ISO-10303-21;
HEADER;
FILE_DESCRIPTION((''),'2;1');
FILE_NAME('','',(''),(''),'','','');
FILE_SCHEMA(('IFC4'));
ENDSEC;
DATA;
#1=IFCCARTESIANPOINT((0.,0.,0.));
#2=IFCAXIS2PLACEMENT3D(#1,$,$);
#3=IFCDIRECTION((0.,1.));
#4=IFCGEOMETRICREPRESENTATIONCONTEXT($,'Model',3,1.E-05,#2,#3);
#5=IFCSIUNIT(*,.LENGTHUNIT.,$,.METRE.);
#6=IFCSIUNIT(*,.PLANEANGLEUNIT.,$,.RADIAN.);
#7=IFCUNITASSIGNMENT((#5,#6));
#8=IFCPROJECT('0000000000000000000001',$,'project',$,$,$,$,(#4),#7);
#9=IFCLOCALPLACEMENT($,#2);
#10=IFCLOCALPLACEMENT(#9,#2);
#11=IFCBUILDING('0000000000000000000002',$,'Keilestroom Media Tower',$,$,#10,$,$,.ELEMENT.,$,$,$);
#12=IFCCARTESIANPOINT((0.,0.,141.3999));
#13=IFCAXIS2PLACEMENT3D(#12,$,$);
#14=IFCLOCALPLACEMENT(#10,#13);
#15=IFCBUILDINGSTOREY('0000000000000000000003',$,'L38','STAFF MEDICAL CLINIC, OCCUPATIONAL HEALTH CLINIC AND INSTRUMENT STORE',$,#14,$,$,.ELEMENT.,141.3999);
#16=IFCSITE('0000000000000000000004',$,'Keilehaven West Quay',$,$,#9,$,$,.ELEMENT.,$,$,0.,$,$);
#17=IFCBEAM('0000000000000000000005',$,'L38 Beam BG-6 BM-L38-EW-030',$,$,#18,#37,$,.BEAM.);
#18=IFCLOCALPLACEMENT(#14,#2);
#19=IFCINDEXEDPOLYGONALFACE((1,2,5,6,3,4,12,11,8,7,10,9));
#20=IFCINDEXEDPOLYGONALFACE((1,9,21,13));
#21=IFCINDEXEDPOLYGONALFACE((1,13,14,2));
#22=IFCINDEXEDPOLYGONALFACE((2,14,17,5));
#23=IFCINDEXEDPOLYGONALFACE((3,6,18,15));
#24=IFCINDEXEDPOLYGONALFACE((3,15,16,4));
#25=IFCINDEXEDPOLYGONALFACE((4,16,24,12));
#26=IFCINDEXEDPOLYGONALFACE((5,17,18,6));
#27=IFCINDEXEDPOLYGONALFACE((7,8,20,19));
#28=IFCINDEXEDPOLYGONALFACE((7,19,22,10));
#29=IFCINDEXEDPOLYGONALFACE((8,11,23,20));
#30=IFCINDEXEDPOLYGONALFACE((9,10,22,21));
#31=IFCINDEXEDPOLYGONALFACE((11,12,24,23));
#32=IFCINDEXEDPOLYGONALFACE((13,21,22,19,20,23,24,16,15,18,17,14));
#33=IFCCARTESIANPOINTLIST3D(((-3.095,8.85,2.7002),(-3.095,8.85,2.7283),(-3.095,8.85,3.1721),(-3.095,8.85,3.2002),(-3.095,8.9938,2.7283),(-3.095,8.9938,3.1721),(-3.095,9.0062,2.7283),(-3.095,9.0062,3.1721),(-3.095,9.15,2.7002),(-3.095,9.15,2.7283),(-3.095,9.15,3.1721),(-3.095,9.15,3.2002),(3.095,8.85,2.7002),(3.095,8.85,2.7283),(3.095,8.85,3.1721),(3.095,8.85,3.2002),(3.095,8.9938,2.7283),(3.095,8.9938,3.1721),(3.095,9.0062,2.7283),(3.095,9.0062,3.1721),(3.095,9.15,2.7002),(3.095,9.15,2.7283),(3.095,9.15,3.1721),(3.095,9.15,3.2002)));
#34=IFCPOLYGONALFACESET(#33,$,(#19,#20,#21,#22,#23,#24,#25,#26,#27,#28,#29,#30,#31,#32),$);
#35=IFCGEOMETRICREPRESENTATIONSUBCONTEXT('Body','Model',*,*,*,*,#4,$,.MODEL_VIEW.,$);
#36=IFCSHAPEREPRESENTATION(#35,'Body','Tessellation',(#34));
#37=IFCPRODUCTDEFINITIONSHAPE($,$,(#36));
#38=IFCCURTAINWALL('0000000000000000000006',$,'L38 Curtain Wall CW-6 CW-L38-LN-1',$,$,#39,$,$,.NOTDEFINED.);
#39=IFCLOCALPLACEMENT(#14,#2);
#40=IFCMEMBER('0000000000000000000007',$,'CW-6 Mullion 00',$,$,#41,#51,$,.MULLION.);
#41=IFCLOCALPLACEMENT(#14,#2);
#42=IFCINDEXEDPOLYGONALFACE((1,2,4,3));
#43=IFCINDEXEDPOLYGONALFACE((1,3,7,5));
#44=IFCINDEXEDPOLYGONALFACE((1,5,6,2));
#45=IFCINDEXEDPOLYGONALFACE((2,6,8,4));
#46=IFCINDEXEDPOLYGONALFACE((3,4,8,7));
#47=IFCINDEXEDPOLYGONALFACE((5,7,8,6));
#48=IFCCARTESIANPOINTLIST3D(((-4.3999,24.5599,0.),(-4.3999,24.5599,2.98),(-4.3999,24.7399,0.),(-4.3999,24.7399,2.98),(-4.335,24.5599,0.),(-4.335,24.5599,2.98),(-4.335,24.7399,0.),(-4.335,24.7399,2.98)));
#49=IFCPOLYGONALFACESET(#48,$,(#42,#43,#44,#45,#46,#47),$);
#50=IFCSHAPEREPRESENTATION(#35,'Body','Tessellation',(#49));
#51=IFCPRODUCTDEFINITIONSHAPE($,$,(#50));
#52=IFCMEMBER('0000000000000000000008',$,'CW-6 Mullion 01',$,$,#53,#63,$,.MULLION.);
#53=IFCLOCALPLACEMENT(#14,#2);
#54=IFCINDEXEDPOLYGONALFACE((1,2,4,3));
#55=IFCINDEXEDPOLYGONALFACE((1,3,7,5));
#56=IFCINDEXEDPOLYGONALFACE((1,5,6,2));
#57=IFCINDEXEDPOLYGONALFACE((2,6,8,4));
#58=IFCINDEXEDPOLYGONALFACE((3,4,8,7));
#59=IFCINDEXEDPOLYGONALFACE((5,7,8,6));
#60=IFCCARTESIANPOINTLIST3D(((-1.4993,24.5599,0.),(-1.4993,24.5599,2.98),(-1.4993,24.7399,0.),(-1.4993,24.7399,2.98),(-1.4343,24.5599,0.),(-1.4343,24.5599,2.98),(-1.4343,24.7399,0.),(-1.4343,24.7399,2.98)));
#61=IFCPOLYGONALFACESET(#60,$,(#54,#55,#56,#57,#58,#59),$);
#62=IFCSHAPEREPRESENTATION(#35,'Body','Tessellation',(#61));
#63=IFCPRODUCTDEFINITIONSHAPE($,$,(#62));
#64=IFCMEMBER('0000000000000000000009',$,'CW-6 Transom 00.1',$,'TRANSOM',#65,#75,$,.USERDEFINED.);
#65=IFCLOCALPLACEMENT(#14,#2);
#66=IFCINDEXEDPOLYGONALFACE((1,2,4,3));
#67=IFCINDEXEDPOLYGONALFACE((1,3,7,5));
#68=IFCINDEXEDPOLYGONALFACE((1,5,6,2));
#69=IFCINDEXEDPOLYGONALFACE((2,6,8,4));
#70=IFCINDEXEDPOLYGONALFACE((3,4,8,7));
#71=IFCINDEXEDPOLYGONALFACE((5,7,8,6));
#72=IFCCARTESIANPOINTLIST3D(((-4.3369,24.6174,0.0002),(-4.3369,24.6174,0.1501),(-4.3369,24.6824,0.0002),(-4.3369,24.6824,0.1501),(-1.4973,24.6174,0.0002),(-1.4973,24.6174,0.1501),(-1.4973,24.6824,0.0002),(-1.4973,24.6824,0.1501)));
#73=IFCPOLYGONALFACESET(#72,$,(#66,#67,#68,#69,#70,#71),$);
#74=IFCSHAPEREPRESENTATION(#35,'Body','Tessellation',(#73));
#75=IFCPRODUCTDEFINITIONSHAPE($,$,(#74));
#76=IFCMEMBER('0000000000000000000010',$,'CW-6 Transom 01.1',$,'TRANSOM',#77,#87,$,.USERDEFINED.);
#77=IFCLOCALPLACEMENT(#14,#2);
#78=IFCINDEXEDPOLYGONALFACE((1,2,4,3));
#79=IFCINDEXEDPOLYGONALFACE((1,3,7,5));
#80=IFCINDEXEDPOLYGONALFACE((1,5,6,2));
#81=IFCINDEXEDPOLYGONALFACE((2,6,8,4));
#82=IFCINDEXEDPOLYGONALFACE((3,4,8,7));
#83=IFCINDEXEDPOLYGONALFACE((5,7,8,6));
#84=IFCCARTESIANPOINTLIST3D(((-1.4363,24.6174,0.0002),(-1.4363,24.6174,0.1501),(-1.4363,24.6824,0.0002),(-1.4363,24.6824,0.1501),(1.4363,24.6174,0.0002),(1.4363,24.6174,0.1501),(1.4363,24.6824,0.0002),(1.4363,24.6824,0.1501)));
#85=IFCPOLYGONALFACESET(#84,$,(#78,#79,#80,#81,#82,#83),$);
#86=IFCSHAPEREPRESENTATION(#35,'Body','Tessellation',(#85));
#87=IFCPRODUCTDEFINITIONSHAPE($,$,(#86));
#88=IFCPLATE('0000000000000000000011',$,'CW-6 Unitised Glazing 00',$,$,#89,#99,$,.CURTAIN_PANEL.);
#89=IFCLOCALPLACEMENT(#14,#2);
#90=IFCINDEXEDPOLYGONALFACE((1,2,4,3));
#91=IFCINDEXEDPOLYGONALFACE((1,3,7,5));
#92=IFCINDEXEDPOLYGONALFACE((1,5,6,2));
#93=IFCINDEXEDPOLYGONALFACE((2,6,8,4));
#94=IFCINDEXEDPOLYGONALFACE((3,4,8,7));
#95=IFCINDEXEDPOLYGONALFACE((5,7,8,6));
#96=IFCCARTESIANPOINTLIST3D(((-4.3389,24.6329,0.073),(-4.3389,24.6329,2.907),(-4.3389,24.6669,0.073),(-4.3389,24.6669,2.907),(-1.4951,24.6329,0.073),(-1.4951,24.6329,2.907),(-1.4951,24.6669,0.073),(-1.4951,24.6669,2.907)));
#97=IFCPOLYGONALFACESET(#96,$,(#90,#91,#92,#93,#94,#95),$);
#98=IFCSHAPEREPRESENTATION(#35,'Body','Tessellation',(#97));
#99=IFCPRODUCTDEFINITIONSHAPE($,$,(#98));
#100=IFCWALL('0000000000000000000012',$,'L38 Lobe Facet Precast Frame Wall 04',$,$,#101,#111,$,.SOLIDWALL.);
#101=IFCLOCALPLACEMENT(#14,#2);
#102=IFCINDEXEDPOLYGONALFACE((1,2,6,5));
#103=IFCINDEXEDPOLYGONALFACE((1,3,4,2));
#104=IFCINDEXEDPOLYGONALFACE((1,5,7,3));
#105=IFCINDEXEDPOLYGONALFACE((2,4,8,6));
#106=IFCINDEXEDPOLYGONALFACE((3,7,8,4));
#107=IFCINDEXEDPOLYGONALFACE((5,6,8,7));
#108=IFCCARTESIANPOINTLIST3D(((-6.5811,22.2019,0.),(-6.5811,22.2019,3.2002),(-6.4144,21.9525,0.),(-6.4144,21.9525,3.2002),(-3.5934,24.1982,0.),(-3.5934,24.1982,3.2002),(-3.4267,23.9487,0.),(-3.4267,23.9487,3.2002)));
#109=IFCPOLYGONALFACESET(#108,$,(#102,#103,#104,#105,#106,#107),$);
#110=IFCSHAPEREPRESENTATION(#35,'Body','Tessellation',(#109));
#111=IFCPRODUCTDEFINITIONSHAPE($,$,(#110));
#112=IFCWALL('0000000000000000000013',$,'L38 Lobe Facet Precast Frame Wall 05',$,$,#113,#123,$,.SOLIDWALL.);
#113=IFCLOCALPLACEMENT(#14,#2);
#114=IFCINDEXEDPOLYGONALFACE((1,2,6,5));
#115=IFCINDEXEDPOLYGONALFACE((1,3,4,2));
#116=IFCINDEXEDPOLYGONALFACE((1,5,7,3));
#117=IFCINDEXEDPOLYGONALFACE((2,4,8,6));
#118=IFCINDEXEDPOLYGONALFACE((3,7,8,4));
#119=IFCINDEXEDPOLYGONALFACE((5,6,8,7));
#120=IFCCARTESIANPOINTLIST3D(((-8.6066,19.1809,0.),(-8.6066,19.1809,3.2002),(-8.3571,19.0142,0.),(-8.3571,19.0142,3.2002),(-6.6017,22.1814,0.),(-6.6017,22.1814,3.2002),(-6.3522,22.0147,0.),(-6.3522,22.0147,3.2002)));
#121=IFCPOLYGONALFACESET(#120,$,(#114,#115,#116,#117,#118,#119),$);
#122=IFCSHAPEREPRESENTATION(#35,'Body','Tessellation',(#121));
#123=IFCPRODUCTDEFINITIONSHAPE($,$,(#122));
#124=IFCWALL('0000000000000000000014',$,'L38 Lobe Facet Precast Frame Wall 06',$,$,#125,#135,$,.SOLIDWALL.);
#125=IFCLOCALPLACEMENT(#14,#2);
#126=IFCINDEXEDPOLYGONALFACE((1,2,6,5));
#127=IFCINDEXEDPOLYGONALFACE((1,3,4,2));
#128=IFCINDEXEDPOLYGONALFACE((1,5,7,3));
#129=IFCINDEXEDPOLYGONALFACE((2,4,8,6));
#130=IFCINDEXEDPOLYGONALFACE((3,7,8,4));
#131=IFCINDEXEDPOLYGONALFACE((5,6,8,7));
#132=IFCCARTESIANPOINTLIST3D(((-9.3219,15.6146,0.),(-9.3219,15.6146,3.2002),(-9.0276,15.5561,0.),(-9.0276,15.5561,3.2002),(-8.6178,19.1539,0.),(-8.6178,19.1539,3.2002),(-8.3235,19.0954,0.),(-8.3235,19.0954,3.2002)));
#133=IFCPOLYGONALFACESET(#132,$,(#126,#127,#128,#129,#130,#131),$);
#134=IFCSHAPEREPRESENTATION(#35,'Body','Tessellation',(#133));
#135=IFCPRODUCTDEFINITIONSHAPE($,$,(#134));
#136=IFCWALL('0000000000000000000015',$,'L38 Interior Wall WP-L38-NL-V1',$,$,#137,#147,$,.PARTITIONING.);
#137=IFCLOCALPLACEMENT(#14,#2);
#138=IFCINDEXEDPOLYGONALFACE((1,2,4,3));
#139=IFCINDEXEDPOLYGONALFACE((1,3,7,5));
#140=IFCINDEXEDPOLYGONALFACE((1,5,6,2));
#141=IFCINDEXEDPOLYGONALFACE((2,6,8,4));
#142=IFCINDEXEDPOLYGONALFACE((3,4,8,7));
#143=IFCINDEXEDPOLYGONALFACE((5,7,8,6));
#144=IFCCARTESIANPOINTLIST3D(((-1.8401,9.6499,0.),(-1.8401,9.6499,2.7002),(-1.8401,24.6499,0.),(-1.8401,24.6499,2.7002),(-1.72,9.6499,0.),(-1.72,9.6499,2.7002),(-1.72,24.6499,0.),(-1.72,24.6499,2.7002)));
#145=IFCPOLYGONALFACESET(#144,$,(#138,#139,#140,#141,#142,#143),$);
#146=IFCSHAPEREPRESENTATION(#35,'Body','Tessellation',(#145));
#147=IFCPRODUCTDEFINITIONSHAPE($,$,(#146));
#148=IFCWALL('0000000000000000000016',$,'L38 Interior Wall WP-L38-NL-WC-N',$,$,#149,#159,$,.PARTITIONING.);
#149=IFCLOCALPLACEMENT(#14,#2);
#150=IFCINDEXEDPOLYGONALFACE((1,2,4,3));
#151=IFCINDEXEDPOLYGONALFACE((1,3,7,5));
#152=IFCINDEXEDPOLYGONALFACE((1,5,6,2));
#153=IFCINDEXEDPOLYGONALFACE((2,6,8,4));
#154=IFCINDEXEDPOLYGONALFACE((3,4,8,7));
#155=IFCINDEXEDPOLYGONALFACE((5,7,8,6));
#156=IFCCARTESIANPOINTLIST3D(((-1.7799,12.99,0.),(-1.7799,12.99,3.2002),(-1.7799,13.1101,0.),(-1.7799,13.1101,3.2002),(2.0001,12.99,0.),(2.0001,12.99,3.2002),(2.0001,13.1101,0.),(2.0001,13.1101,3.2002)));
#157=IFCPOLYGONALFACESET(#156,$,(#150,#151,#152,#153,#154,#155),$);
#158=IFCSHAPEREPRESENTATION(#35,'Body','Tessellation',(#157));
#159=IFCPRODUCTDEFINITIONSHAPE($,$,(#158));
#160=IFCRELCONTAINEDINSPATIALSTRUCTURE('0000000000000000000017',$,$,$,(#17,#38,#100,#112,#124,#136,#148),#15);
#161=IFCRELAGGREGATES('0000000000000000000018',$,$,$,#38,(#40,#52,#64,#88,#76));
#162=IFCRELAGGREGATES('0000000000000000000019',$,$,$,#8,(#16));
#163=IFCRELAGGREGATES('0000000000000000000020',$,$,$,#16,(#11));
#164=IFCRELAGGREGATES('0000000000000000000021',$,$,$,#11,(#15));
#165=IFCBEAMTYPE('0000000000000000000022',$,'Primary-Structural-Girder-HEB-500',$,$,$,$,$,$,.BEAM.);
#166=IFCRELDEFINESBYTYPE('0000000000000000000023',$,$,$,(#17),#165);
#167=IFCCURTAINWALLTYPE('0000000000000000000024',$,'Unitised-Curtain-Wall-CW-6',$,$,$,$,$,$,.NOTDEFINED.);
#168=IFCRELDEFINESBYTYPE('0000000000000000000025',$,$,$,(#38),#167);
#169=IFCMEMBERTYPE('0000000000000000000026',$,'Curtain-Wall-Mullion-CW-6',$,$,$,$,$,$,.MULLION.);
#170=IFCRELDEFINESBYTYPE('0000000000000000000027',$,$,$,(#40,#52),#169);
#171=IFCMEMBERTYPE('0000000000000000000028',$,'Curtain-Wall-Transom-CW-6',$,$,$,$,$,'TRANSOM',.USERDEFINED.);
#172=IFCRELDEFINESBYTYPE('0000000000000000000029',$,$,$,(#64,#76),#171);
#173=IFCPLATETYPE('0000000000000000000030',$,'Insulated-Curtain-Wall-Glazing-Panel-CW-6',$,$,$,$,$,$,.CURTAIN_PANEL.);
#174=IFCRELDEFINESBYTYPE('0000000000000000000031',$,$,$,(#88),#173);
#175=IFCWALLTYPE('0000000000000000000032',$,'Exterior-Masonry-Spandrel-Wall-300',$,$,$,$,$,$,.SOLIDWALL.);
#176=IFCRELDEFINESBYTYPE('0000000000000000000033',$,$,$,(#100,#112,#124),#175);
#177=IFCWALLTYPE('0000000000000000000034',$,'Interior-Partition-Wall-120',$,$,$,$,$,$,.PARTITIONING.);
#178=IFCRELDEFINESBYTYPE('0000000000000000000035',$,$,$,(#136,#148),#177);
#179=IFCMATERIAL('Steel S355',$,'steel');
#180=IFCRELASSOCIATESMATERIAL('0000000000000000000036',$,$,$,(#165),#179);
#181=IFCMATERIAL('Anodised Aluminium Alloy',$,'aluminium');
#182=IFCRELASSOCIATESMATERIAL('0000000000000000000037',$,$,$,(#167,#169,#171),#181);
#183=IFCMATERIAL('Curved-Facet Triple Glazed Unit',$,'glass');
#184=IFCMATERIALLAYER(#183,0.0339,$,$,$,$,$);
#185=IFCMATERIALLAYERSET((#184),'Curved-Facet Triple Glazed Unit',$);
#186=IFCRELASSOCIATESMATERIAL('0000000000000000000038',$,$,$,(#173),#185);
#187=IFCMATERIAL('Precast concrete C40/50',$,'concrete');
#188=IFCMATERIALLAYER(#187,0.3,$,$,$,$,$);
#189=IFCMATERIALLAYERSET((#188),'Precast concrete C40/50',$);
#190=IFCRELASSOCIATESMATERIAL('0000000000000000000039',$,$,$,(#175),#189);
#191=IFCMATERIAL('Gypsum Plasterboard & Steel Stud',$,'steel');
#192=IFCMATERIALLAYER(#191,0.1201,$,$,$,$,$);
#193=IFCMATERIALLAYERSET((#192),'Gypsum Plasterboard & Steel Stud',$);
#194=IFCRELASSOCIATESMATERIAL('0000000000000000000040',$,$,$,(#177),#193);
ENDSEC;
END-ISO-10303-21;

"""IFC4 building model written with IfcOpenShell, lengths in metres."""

from ifc_helpers import new_model, si_unit, direction, frame, frame_2d, origin, origin_2d, place, context, subcontext, project, spatial, rectangle, i_section, extrude, source, transform, mapped, material, layer, layer_set, material_profile, profile_set, type_object, element, aggregate, save


model = new_model("IFC4")

# Units and contexts
model_context = context("Model", 3, precision=1e-05, world=origin(), true_north=direction((0.0, 1.0)))
body_context = subcontext(model_context, "Body", "Model", "MODEL_VIEW")
ifc_project = project(units=[si_unit("LENGTHUNIT", "METRE"), si_unit("PLANEANGLEUNIT", "RADIAN")], contexts=[model_context])

# Site, building, storey
site_placement = place(None, origin())
site = spatial("IfcSite", under=ifc_project, at=site_placement, Name="Keilehaven West Quay", CompositionType="ELEMENT", RefElevation=0.0)
building_placement = place(site_placement, origin())
building = spatial("IfcBuilding", under=site, at=building_placement, Name="Keilestroom Media Tower", CompositionType="ELEMENT")
storey_placement = place(building_placement, frame((0.0, 0.0, 141.3999)))
storey = spatial("IfcBuildingStorey", under=building, at=storey_placement, Name="L38", Description="STAFF MEDICAL CLINIC, OCCUPATIONAL HEALTH CLINIC AND INSTRUMENT STORE", CompositionType="ELEMENT", Elevation=141.3999)

# Shared definitions
ifc_material_1 = material(Name="Steel S355", Category="steel")

# Beam
ifc_material_profile_1 = material_profile(ifc_material_1, i_section(OverallWidth=0.3, OverallDepth=0.5, WebThickness=0.0125, FlangeThickness=0.0281, at=origin_2d()), Name="HEB 500")
ifc_profile_set_1 = profile_set([ifc_material_profile_1], Name="Steel S355")
beam_type = type_object("IfcBeamType", Name="Primary-Structural-Girder-HEB-500", PredefinedType="BEAM", material=ifc_profile_set_1)
shared_shape_1 = source(origin(), body_context, "Body", "SweptSolid", [
    extrude(i_section(OverallWidth=0.3, OverallDepth=0.5, WebThickness=0.0125, FlangeThickness=0.0281, at=origin_2d()), origin(), (0.0, 0.0, 1.0), 6.1899),
])
beam_1_placement = place(storey_placement, frame((-3.095, 9.0, 2.9502), z_axis=(1.0, 0.0, 0.0), x_axis=(0.0, 1.0, 0.0)))
element("IfcBeam", 1, at=beam_1_placement, inside=storey, type_object=beam_type, Name="L38 Beam BG-6 BM-L38-EW-030", PredefinedType="BEAM", context=body_context, shape_type="MappedRepresentation", body=[
    mapped(shared_shape_1, transform((0.0, 0.0, 0.0), x_axis=(1.0, 0.0, 0.0), y_axis=(0.0, 1.0, 0.0), z_axis=(0.0, 0.0, 1.0), scale=1.0)),
])

# Curtain wall, members, plate
ifc_material_2 = material(Name="Anodised Aluminium Alloy", Category="aluminium")
curtain_wall_type = type_object("IfcCurtainWallType", Name="Unitised-Curtain-Wall-CW-6", PredefinedType="NOTDEFINED", material=ifc_material_2)
curtain_wall_placement = place(storey_placement, origin())
curtain_wall = element("IfcCurtainWall", 2, at=curtain_wall_placement, inside=storey, type_object=curtain_wall_type, Name="L38 Curtain Wall CW-6 CW-L38-LN-1", PredefinedType="NOTDEFINED")
ifc_material_profile_2 = material_profile(ifc_material_2, rectangle(XDim=0.0649, YDim=0.1799, at=origin_2d()), Name="ALU MULLION 65x180")
ifc_profile_set_2 = profile_set([ifc_material_profile_2], Name="Anodised Aluminium Alloy")
member_type_1 = type_object("IfcMemberType", Name="Curtain-Wall-Mullion-CW-6", PredefinedType="MULLION", material=ifc_profile_set_2)
shared_shape_2 = source(origin(), body_context, "Body", "SweptSolid", [
    extrude(rectangle(XDim=0.0649, YDim=0.1799, at=origin_2d()), origin(), (0.0, 0.0, 1.0), 2.98),
])
member_1_placement = place(storey_placement, frame((-4.3674, 24.6499, 0.0), z_axis=(0.0, 0.0, 1.0), x_axis=(1.0, 0.0, 0.0)))
member_1 = element("IfcMember", 3, at=member_1_placement, type_object=member_type_1, Name="CW-6 Mullion 00", PredefinedType="MULLION", context=body_context, shape_type="MappedRepresentation", body=[
    mapped(shared_shape_2, transform((0.0, 0.0, 0.0), x_axis=(1.0, 0.0, 0.0), y_axis=(0.0, 1.0, 0.0), z_axis=(0.0, 0.0, 1.0), scale=1.0)),
])
member_2_placement = place(storey_placement, frame((-1.4668, 24.6499, 0.0), z_axis=(0.0, 0.0, 1.0), x_axis=(1.0, 0.0, 0.0)))
member_2 = element("IfcMember", 4, at=member_2_placement, type_object=member_type_1, Name="CW-6 Mullion 01", PredefinedType="MULLION", context=body_context, shape_type="MappedRepresentation", body=[
    mapped(shared_shape_2, transform((0.0, 0.0, 0.0), x_axis=(1.0, 0.0, 0.0), y_axis=(0.0, 1.0, 0.0), z_axis=(0.0, 0.0, 1.0), scale=1.0)),
])
ifc_material_profile_3 = material_profile(ifc_material_2, rectangle(XDim=0.0649, YDim=0.1499, at=origin_2d()), Name="ALU TRANSOM 65x150")
ifc_profile_set_3 = profile_set([ifc_material_profile_3], Name="Anodised Aluminium Alloy")
member_type_2 = type_object("IfcMemberType", Name="Curtain-Wall-Transom-CW-6", ElementType="TRANSOM", PredefinedType="USERDEFINED", material=ifc_profile_set_3)
shared_shape_3 = source(origin(), body_context, "Body", "SweptSolid", [
    extrude(rectangle(XDim=0.0649, YDim=0.1499, at=origin_2d()), origin(), (0.0, 0.0, 1.0), 2.8396),
])
member_3_placement = place(storey_placement, frame((-4.3369, 24.6499, 0.0752), z_axis=(1.0, 0.0, 0.0), x_axis=(0.0, 1.0, 0.0)))
member_3 = element("IfcMember", 5, at=member_3_placement, type_object=member_type_2, Name="CW-6 Transom 00.1", ObjectType="TRANSOM", PredefinedType="USERDEFINED", context=body_context, shape_type="MappedRepresentation", body=[
    mapped(shared_shape_3, transform((0.0, 0.0, 0.0), x_axis=(1.0, 0.0, 0.0), y_axis=(0.0, 1.0, 0.0), z_axis=(0.0, 0.0, 1.0), scale=1.0)),
])
shared_shape_4 = source(origin(), body_context, "Body", "SweptSolid", [
    extrude(rectangle(XDim=0.0649, YDim=0.1499, at=origin_2d()), origin(), (0.0, 0.0, 1.0), 2.8726),
])
member_4_placement = place(storey_placement, frame((-1.4363, 24.6499, 0.0752), z_axis=(1.0, 0.0, 0.0), x_axis=(0.0, 1.0, 0.0)))
member_4 = element("IfcMember", 6, at=member_4_placement, type_object=member_type_2, Name="CW-6 Transom 01.1", ObjectType="TRANSOM", PredefinedType="USERDEFINED", context=body_context, shape_type="MappedRepresentation", body=[
    mapped(shared_shape_4, transform((0.0, 0.0, 0.0), x_axis=(1.0, 0.0, 0.0), y_axis=(0.0, 1.0, 0.0), z_axis=(0.0, 0.0, 1.0), scale=1.0)),
])
ifc_material_3 = material(Name="Curved-Facet Triple Glazed Unit", Category="glass")
ifc_layer_1 = layer(ifc_material_3, 0.0339)
ifc_layer_set_1 = layer_set([ifc_layer_1], Name="Curved-Facet Triple Glazed Unit")
plate_type = type_object("IfcPlateType", Name="Insulated-Curtain-Wall-Glazing-Panel-CW-6", PredefinedType="CURTAIN_PANEL", material=ifc_layer_set_1)
shared_shape_5 = source(origin(), body_context, "Body", "SweptSolid", [
    extrude(rectangle(XDim=2.8438, YDim=0.0339, at=origin_2d()), origin(), (0.0, 0.0, 1.0), 2.834),
])
plate_placement = place(storey_placement, frame((-2.917, 24.6499, 0.073), z_axis=(0.0, 0.0, 1.0), x_axis=(1.0, 0.0, 0.0)))
plate = element("IfcPlate", 7, at=plate_placement, type_object=plate_type, Name="CW-6 Unitised Glazing 00", PredefinedType="CURTAIN_PANEL", context=body_context, shape_type="MappedRepresentation", body=[
    mapped(shared_shape_5, transform((0.0, 0.0, 0.0), x_axis=(1.0, 0.0, 0.0), y_axis=(0.0, 1.0, 0.0), z_axis=(0.0, 0.0, 1.0), scale=1.0)),
])
aggregate(curtain_wall, [member_1, member_2, member_3, plate, member_4])

# Walls
ifc_material_4 = material(Name="Precast concrete C40/50", Category="concrete")
ifc_layer_2 = layer(ifc_material_4, 0.3)
ifc_layer_set_2 = layer_set([ifc_layer_2], Name="Precast concrete C40/50")
wall_type_1 = type_object("IfcWallType", Name="Exterior-Masonry-Spandrel-Wall-300", PredefinedType="SOLIDWALL", material=ifc_layer_set_2)
wall_1_placement = place(storey_placement, frame((-3.51, 24.0735, 0.0), z_axis=(0.0, 0.0, 1.0), x_axis=(-0.831475, -0.555562, 0.0)))
element("IfcWall", 8, at=wall_1_placement, inside=storey, type_object=wall_type_1, Name="L38 Lobe Facet Precast Frame Wall 04", PredefinedType="SOLIDWALL", context=body_context, shape_type="SweptSolid", body=[
    extrude(rectangle(XDim=3.5933, YDim=0.3, at=frame_2d((1.7966, 0.0))), origin(), (0.0, 0.0, 1.0), 3.2002),
])
for number, where, z_axis, x_axis, name in (
    (9, (-6.4771, 22.0979, 0.0), (0.0, 0.0, 1.0), (-0.555574, -0.831467, 0.0), "L38 Lobe Facet Precast Frame Wall 05"),
    (10, (-8.4707, 19.1245, 0.0), (0.0, 0.0, 1.0), (-0.195114, -0.980781, 0.0), "L38 Lobe Facet Precast Frame Wall 06"),
):
    element("IfcWall", number, at=place(storey_placement, frame(where, z_axis=z_axis, x_axis=x_axis)), inside=storey, type_object=wall_type_1, Name=name, PredefinedType="SOLIDWALL", context=body_context, shape_type="SweptSolid", body=[
        extrude(rectangle(XDim=3.6086, YDim=0.3, at=frame_2d((1.8042, 0.0))), origin(), (0.0, 0.0, 1.0), 3.2002),
    ])
ifc_material_5 = material(Name="Gypsum Plasterboard & Steel Stud", Category="steel")
ifc_layer_3 = layer(ifc_material_5, 0.1201)
ifc_layer_set_3 = layer_set([ifc_layer_3], Name="Gypsum Plasterboard & Steel Stud")
wall_type_2 = type_object("IfcWallType", Name="Interior-Partition-Wall-120", PredefinedType="PARTITIONING", material=ifc_layer_set_3)
wall_2_placement = place(storey_placement, frame((-1.78, 9.6499, 0.0), z_axis=(0.0, 0.0, 1.0), x_axis=(0.0, 1.0, 0.0)))
element("IfcWall", 11, at=wall_2_placement, inside=storey, type_object=wall_type_2, Name="L38 Interior Wall WP-L38-NL-V1", PredefinedType="PARTITIONING", context=body_context, shape_type="SweptSolid", body=[
    extrude(rectangle(XDim=15.0, YDim=0.1201, at=frame_2d((7.5, 0.0))), origin(), (0.0, 0.0, 1.0), 2.7002),
])
wall_3_placement = place(storey_placement, frame((-1.78, 13.05, 0.0), z_axis=(0.0, 0.0, 1.0), x_axis=(1.0, 0.0, 0.0)))
element("IfcWall", 12, at=wall_3_placement, inside=storey, type_object=wall_type_2, Name="L38 Interior Wall WP-L38-NL-WC-N", PredefinedType="PARTITIONING", context=body_context, shape_type="SweptSolid", body=[
    extrude(rectangle(XDim=3.78, YDim=0.1201, at=frame_2d((1.8901, 0.0))), origin(), (0.0, 0.0, 1.0), 3.2002),
])

save(model, "model.ifc")
